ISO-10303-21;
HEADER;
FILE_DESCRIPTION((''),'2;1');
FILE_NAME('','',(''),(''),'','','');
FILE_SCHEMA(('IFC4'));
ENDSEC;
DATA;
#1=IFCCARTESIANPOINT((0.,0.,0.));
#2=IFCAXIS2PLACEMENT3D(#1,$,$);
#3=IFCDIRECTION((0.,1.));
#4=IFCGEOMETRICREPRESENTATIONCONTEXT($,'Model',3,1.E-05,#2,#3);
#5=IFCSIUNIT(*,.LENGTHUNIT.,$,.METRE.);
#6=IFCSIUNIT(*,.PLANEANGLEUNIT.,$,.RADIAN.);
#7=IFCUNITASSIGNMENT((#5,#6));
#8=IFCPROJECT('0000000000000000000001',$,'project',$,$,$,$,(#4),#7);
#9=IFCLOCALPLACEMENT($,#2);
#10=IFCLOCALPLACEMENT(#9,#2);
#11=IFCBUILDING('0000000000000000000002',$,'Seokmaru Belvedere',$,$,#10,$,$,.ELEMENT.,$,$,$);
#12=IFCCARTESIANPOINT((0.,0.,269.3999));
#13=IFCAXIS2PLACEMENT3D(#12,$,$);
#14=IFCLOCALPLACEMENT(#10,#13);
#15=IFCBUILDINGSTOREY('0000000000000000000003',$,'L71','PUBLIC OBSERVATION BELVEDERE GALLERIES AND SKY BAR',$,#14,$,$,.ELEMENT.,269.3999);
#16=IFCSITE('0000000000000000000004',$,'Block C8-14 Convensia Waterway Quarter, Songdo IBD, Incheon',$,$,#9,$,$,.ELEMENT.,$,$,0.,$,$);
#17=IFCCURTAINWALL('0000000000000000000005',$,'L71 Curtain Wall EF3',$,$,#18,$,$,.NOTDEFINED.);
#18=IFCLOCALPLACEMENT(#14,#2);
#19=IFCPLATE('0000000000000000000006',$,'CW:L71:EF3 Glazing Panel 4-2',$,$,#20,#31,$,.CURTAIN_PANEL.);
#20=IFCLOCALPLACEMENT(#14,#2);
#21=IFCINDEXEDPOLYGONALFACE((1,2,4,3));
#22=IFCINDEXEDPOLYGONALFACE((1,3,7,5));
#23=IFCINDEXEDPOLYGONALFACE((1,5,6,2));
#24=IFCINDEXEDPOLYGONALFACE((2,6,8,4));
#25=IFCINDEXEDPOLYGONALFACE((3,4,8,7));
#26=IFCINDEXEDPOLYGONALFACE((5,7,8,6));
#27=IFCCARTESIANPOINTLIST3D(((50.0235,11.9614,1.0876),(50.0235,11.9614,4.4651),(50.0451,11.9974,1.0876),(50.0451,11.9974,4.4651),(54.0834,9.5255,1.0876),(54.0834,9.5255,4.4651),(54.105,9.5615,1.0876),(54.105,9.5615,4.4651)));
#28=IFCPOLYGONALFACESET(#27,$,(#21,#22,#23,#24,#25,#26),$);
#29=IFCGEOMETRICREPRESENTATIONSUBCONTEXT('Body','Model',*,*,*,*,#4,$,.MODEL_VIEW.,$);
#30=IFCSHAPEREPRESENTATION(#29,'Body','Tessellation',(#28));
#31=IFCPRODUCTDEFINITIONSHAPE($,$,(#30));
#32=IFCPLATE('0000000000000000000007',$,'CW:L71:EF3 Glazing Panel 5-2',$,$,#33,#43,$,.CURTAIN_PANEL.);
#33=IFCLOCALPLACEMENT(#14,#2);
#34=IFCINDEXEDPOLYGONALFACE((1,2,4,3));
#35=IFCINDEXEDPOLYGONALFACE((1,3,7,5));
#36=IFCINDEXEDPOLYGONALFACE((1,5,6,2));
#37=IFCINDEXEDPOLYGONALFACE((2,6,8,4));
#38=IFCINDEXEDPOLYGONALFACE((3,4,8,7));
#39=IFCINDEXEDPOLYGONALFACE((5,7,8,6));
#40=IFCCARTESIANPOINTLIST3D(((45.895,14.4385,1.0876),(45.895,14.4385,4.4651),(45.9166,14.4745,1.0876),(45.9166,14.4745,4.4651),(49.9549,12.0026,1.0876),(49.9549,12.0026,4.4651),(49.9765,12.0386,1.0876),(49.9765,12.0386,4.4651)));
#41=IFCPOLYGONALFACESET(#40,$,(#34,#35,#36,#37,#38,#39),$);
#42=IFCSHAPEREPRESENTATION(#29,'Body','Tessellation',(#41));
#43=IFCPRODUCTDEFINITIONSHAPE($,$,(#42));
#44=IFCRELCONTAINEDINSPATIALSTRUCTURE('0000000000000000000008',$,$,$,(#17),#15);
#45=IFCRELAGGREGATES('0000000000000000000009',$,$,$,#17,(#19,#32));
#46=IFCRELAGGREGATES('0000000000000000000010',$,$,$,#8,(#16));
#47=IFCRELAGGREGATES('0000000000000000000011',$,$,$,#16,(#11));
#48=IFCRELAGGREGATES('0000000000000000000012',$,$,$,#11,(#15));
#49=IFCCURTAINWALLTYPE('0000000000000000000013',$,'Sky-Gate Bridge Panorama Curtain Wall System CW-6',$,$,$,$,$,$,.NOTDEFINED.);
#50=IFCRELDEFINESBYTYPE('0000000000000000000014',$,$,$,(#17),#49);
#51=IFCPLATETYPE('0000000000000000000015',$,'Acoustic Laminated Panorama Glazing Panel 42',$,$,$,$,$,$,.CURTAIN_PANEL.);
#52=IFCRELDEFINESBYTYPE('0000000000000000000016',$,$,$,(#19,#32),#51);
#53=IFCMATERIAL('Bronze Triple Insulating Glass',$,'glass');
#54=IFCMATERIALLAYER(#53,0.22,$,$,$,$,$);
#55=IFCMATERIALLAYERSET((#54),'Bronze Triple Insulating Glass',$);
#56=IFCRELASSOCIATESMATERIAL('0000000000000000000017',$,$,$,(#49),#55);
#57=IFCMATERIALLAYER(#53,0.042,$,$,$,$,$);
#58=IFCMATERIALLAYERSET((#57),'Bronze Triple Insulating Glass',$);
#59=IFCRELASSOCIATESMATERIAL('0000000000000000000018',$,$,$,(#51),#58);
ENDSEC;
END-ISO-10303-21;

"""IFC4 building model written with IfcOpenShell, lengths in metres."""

from ifc_helpers import new_model, si_unit, direction, frame, origin, origin_2d, place, context, subcontext, project, spatial, rectangle, extrude, source, transform, mapped, material, layer, layer_set, type_object, type_shapes, element, aggregate, save


model = new_model("IFC4")

# Units and contexts
model_context = context("Model", 3, precision=1e-05, world=origin(), true_north=direction((0.0, 1.0)))
body_context = subcontext(model_context, "Body", "Model", "MODEL_VIEW")
ifc_project = project(units=[si_unit("LENGTHUNIT", "METRE"), si_unit("PLANEANGLEUNIT", "RADIAN")], contexts=[model_context])

# Site, building, storey
site_placement = place(None, origin())
site = spatial("IfcSite", under=ifc_project, at=site_placement, Name="Block C8-14 Convensia Waterway Quarter, Songdo IBD, Incheon", CompositionType="ELEMENT", RefElevation=0.0)
building_placement = place(site_placement, origin())
building = spatial("IfcBuilding", under=site, at=building_placement, Name="Seokmaru Belvedere", CompositionType="ELEMENT")
storey_placement = place(building_placement, frame((0.0, 0.0, 269.3999)))
storey = spatial("IfcBuildingStorey", under=building, at=storey_placement, Name="L71", Description="PUBLIC OBSERVATION BELVEDERE GALLERIES AND SKY BAR", CompositionType="ELEMENT", Elevation=269.3999)

# Curtain wall, plates
ifc_material_1 = material(Name="Bronze Triple Insulating Glass", Category="glass")
ifc_layer_1 = layer(ifc_material_1, 0.22)
ifc_layer_set_1 = layer_set([ifc_layer_1], Name="Bronze Triple Insulating Glass")
curtain_wall_type = type_object("IfcCurtainWallType", Name="Sky-Gate Bridge Panorama Curtain Wall System CW-6", PredefinedType="NOTDEFINED", material=ifc_layer_set_1)
curtain_wall_placement = place(storey_placement, origin())
curtain_wall = element("IfcCurtainWall", 1, at=curtain_wall_placement, inside=storey, type_object=curtain_wall_type, Name="L71 Curtain Wall EF3", PredefinedType="NOTDEFINED")
ifc_layer_2 = layer(ifc_material_1, 0.042)
ifc_layer_set_2 = layer_set([ifc_layer_2], Name="Bronze Triple Insulating Glass")
plate_type_1 = type_object("IfcPlateType", Name="Acoustic Laminated Panorama Glazing Panel 42", PredefinedType="CURTAIN_PANEL", material=ifc_layer_set_2)
shared_shape_1 = source(origin(), body_context, "Body", "SweptSolid", [
    extrude(rectangle(XDim=4.7346, YDim=0.042, at=origin_2d()), origin(), (0.0, 0.0, 1.0), 3.3774),
])
type_shapes(plate_type_1, [shared_shape_1])
plate_1_placement = place(storey_placement, frame((52.0642, 10.7615, 1.0876), z_axis=(0.0, 0.0, 1.0), x_axis=(-0.857493, 0.514495, 0.0)))
plate_1 = element("IfcPlate", 2, at=plate_1_placement, type_object=plate_type_1, Name="CW:L71:EF3 Glazing Panel 4-2", PredefinedType="CURTAIN_PANEL", context=body_context, shape_type="MappedRepresentation", body=[
    mapped(shared_shape_1, transform((0.0, 0.0, 0.0), scale=1.0)),
])
plate_2_placement = place(storey_placement, frame((47.9358, 13.2385, 1.0876), z_axis=(0.0, 0.0, 1.0), x_axis=(-0.857493, 0.514495, 0.0)))
plate_2 = element("IfcPlate", 3, at=plate_2_placement, type_object=plate_type_1, Name="CW:L71:EF3 Glazing Panel 5-2", PredefinedType="CURTAIN_PANEL", context=body_context, shape_type="MappedRepresentation", body=[
    mapped(shared_shape_1, transform((0.0, 0.0, 0.0), scale=1.0)),
])
aggregate(curtain_wall, [plate_1, plate_2])

save(model, "model.ifc")
